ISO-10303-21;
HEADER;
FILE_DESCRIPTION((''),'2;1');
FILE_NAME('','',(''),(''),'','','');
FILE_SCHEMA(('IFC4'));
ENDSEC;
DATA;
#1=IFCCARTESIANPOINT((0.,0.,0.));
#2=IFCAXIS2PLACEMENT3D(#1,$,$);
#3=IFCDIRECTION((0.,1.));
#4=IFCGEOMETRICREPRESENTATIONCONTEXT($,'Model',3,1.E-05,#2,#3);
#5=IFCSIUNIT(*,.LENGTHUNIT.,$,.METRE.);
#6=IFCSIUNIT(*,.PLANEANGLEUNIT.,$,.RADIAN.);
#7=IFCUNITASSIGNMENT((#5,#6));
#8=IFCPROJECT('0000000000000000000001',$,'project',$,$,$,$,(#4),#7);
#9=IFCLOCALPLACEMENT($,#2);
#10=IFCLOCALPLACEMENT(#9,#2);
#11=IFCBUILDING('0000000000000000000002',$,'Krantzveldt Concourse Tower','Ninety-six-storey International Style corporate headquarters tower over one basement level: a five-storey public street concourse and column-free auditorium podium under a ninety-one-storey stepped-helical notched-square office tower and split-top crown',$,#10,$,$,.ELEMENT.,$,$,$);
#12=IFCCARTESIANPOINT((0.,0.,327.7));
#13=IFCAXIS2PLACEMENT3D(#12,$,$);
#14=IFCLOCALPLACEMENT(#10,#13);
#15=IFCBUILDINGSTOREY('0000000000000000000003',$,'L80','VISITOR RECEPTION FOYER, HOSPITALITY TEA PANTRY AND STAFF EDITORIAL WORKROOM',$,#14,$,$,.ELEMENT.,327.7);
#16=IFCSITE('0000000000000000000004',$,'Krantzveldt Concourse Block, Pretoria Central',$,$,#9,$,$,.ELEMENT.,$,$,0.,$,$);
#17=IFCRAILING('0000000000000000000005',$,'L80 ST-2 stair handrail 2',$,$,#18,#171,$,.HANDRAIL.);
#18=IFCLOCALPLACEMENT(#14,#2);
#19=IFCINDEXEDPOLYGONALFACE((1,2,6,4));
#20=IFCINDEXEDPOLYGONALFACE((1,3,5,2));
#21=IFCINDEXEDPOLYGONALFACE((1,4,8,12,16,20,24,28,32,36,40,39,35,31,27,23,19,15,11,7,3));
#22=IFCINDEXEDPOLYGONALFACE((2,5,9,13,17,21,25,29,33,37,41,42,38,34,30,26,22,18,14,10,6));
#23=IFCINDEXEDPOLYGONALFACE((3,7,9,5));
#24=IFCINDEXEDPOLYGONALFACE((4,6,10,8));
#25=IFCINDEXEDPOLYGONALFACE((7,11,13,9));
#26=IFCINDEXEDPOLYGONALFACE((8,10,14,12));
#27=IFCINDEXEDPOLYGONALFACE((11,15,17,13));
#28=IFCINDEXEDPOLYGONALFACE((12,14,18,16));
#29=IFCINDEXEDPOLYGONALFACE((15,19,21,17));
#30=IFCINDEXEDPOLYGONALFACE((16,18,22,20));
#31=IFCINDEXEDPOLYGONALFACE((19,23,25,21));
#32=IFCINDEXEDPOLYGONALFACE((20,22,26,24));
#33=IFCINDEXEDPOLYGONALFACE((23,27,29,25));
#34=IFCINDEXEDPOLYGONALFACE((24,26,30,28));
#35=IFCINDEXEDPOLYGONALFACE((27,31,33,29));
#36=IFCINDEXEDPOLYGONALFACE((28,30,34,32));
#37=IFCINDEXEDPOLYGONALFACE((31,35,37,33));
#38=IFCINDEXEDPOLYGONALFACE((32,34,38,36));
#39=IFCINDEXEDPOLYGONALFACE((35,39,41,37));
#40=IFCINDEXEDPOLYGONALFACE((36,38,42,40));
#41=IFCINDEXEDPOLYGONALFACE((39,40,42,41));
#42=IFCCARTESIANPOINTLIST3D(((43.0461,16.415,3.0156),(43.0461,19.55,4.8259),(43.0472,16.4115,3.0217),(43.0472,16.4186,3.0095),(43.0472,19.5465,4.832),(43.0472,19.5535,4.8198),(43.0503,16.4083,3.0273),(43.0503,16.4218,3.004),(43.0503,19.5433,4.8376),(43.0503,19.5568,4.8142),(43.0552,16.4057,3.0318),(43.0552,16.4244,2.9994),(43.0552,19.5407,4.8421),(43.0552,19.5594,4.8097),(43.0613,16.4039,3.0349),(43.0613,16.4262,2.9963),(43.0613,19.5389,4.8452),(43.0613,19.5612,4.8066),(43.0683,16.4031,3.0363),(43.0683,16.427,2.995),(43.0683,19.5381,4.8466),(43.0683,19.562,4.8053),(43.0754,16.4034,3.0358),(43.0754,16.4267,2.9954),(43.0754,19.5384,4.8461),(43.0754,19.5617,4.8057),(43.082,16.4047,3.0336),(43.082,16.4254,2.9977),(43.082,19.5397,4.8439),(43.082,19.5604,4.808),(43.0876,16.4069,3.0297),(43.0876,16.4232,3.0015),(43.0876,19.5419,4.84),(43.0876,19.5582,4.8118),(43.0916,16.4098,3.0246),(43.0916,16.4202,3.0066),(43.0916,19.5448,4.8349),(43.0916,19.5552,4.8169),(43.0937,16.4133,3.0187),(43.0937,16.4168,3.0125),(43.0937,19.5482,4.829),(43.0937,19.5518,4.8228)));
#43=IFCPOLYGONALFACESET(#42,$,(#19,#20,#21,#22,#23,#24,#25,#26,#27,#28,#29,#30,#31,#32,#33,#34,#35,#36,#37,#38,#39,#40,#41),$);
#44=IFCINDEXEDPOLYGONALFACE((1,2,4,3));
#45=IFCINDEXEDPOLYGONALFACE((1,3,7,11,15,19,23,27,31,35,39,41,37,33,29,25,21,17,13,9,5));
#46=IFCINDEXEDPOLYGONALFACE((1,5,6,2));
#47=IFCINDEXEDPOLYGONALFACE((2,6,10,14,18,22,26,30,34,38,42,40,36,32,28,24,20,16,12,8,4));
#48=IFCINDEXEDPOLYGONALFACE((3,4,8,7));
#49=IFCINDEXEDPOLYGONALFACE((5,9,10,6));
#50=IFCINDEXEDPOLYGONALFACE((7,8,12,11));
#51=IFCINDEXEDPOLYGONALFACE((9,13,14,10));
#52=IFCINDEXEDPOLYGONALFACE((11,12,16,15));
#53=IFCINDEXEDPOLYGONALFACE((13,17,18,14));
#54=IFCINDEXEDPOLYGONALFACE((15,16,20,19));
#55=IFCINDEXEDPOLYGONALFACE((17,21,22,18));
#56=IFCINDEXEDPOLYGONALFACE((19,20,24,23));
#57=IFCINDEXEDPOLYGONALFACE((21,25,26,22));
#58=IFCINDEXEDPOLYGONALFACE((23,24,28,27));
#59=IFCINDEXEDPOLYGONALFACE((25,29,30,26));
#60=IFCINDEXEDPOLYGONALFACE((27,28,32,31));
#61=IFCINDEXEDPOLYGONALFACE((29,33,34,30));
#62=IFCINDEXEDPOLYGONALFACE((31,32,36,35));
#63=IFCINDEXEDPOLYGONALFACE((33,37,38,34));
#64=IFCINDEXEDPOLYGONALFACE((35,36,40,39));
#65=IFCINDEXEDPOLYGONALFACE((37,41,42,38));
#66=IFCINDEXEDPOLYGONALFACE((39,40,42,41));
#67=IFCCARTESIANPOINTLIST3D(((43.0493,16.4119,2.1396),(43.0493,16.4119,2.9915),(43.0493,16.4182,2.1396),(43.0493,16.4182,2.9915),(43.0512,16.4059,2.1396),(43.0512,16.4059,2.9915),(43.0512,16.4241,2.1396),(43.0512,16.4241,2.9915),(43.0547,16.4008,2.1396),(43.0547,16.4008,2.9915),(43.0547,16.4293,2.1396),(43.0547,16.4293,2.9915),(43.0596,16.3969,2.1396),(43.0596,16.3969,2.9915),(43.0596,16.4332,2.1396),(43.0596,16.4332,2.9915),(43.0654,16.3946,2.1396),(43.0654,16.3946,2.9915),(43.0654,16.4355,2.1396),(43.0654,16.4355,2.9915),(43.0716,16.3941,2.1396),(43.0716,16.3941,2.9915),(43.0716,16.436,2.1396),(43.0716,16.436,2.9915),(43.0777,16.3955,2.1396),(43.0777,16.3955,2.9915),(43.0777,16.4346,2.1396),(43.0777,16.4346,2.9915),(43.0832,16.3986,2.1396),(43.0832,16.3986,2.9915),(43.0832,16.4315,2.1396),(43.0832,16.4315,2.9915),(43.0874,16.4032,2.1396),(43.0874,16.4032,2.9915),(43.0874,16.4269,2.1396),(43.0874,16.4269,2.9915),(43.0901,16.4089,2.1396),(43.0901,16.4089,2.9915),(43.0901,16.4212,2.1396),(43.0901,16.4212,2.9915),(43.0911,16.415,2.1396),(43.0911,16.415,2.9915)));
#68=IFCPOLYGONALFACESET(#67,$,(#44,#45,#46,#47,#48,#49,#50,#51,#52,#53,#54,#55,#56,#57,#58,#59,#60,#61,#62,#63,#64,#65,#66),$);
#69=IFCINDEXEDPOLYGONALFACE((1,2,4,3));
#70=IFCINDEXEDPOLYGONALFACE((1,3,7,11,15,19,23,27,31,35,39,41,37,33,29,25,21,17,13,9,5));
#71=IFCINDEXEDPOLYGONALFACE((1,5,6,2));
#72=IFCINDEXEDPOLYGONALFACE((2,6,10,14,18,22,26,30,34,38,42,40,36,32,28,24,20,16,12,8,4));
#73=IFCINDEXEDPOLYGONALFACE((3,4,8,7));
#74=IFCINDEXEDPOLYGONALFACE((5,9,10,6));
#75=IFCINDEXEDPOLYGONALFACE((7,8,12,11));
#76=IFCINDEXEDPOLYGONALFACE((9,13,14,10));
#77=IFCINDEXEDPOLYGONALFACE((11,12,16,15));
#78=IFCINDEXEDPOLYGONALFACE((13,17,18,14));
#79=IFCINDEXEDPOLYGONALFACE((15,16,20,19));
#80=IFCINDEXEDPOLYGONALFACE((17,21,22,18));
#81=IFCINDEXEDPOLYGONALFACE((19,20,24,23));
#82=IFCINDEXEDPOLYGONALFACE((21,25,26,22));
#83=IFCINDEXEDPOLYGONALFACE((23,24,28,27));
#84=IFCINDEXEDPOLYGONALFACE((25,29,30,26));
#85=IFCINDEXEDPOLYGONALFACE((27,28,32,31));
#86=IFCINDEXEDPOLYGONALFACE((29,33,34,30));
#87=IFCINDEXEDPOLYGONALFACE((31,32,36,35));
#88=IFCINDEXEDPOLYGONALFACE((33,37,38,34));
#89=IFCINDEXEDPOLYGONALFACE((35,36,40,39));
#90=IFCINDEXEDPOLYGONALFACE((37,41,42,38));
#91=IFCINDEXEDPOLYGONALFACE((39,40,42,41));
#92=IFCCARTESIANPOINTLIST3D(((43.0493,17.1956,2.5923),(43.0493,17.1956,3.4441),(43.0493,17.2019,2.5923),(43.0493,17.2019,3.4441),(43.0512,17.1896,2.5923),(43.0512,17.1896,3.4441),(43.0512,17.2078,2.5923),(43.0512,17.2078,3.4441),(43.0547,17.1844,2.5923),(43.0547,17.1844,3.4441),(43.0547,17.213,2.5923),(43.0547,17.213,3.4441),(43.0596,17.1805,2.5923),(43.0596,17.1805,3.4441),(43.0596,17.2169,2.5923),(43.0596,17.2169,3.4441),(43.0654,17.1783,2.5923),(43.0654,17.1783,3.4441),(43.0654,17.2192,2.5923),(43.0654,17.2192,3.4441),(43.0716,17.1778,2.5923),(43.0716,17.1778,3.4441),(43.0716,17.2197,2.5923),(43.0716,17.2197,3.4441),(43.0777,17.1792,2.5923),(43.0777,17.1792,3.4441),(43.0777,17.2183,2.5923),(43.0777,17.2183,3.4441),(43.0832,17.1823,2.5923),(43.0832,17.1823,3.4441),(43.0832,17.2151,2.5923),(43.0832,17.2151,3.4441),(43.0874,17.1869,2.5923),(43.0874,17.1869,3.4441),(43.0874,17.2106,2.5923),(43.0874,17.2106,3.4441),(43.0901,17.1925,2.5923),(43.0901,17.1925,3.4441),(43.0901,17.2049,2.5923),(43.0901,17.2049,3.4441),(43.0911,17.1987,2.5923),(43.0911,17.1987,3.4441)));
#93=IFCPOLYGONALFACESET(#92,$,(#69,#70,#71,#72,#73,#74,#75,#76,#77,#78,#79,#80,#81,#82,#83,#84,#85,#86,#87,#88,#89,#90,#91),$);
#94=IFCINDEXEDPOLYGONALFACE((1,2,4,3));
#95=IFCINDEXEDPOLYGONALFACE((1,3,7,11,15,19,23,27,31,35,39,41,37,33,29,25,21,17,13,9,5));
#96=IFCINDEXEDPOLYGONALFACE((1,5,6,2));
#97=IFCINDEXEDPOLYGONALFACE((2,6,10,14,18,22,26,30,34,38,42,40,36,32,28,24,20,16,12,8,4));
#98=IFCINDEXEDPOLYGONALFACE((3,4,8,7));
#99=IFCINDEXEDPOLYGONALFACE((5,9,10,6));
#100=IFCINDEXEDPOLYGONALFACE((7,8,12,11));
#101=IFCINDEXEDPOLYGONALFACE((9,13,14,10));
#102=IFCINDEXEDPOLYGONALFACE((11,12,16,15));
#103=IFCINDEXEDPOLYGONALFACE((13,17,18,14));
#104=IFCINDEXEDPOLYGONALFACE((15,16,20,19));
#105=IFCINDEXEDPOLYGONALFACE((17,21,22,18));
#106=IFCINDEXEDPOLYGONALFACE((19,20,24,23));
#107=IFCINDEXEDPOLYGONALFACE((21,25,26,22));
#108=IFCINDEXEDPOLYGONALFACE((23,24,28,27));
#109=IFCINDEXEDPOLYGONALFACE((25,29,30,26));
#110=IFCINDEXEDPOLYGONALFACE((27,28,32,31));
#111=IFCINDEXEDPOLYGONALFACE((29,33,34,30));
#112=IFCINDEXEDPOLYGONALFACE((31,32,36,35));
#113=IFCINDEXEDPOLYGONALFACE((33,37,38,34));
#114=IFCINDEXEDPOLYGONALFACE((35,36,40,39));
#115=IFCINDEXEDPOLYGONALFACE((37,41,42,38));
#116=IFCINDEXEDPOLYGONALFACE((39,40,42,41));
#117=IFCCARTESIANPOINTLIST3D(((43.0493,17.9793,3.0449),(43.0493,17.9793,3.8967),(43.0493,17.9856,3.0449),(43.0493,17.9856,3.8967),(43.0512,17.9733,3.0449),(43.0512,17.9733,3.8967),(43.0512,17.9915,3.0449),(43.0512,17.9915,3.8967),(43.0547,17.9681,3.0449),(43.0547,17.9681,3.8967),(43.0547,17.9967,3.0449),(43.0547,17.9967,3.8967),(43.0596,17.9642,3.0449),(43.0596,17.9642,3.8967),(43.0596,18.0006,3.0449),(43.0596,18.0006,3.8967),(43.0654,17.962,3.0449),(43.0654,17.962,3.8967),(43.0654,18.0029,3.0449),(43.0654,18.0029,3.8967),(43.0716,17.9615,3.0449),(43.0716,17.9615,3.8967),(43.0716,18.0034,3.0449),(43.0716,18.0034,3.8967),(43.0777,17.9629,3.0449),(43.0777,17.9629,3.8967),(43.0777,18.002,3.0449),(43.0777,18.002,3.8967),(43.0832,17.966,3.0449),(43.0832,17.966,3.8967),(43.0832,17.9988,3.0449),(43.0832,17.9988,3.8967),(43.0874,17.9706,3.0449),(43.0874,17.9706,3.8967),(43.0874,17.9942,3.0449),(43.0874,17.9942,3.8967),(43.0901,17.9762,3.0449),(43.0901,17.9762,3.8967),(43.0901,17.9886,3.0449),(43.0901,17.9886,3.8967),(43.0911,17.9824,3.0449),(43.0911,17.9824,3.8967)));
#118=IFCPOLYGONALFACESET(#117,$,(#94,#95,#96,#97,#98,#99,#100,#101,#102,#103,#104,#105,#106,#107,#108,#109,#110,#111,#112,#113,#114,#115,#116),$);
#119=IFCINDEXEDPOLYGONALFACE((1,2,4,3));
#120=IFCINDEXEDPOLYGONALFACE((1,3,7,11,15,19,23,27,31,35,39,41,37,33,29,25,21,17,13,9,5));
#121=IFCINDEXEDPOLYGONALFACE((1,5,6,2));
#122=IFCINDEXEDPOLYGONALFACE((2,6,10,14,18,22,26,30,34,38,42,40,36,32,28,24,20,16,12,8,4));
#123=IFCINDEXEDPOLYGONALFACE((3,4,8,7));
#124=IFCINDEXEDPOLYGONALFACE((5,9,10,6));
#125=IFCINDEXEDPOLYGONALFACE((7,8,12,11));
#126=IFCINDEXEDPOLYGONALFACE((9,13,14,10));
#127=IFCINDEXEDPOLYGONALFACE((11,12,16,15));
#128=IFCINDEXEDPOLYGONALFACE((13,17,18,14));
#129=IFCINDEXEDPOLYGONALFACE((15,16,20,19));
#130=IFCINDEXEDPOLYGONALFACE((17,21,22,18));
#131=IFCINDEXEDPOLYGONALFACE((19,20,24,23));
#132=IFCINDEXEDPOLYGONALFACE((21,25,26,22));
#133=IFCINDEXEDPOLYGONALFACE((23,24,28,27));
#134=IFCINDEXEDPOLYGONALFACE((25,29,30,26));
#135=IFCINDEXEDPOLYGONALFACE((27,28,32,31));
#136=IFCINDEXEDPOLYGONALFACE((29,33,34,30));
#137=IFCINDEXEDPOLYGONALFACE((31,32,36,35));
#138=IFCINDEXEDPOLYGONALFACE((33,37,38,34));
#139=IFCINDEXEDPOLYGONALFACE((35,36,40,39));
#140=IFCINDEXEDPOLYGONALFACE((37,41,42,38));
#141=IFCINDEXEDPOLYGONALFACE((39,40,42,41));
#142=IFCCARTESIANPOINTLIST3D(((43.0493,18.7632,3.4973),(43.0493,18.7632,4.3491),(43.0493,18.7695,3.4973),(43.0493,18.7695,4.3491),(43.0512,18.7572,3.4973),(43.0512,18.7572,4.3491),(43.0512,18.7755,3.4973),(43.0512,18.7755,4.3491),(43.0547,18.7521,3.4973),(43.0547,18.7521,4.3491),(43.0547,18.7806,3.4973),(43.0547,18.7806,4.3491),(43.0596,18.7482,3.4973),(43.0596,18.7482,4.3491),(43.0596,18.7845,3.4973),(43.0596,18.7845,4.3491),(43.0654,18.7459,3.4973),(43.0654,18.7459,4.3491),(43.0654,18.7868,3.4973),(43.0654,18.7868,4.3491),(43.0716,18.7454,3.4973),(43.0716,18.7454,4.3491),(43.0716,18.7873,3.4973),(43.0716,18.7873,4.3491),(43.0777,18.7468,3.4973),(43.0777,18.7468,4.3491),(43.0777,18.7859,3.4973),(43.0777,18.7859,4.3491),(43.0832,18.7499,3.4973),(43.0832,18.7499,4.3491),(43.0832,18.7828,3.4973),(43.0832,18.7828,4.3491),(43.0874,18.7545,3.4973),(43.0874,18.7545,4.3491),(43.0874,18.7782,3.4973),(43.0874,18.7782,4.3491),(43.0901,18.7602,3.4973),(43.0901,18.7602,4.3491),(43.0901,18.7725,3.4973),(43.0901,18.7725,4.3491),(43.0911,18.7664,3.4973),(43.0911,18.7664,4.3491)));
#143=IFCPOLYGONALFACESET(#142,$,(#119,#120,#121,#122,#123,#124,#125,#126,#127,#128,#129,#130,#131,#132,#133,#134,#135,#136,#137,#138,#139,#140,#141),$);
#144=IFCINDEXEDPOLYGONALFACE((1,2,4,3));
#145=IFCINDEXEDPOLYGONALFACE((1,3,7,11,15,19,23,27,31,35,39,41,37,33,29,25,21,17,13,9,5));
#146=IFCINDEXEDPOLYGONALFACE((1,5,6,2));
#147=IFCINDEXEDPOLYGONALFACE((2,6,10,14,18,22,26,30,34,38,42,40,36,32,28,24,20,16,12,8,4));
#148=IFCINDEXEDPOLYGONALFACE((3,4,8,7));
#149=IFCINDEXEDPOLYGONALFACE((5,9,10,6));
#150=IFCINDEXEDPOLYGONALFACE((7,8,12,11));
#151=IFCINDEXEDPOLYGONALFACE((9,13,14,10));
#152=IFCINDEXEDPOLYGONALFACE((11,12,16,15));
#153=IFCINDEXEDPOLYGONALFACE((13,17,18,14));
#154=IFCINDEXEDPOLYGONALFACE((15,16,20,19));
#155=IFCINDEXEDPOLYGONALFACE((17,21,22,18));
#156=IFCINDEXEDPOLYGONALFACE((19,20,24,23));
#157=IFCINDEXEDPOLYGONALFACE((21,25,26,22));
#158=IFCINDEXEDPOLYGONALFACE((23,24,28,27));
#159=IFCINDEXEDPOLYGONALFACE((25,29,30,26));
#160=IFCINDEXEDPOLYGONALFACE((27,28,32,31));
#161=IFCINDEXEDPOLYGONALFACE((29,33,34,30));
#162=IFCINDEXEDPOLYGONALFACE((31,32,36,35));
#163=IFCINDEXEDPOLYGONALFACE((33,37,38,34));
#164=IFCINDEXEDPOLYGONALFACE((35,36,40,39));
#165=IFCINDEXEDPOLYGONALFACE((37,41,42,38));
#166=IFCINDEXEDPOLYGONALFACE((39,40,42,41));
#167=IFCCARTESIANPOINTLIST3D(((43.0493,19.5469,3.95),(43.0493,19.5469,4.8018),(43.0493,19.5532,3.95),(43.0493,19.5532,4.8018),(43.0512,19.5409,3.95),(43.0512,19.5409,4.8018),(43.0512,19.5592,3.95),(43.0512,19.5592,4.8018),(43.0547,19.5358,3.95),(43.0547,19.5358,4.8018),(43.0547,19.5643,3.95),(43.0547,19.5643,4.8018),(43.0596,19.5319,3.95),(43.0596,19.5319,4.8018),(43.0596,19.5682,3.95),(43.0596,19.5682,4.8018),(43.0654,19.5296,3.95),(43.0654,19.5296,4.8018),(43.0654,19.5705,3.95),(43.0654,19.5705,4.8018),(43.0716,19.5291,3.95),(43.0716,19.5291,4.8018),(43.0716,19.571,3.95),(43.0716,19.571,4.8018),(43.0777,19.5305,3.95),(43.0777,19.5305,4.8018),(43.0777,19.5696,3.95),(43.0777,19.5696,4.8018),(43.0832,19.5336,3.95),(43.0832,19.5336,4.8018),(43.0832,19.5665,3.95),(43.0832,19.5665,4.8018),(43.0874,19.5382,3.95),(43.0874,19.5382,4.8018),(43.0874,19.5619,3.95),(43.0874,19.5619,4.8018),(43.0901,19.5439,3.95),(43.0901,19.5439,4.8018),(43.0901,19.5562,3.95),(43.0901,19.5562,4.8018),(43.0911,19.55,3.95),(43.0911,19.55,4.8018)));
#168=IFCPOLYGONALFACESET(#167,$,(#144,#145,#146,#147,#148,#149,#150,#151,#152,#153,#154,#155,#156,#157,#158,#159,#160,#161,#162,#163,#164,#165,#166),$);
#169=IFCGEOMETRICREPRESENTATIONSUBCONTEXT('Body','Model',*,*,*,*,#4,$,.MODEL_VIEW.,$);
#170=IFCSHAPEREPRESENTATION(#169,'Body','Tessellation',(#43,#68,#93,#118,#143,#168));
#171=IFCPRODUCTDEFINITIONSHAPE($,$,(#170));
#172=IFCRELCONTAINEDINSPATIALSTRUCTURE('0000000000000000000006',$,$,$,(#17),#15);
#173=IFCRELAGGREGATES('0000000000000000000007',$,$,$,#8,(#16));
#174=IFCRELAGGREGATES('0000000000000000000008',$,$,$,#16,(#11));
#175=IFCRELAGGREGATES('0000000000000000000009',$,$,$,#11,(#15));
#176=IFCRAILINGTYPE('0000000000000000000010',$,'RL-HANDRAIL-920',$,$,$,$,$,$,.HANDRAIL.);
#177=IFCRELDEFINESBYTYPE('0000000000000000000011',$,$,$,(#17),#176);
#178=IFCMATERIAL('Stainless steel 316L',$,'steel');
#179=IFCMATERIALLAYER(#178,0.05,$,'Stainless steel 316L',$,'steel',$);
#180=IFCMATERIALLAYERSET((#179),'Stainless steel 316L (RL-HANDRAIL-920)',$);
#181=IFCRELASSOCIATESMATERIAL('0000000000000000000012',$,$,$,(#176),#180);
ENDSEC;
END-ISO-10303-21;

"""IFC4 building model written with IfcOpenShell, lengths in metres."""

from ifc_helpers import new_model, si_unit, direction, frame, origin, origin_2d, place, context, subcontext, project, spatial, circle, extrude, material, layer, layer_set, type_object, element, save


model = new_model("IFC4")

# Units and contexts
model_context = context("Model", 3, precision=1e-05, world=origin(), true_north=direction((0.0, 1.0)))
body_context = subcontext(model_context, "Body", "Model", "MODEL_VIEW")
ifc_project = project(units=[si_unit("LENGTHUNIT", "METRE"), si_unit("PLANEANGLEUNIT", "RADIAN")], contexts=[model_context])

# Site, building, storey
site_placement = place(None, origin())
site = spatial("IfcSite", under=ifc_project, at=site_placement, Name="Krantzveldt Concourse Block, Pretoria Central", CompositionType="ELEMENT", RefElevation=0.0)
building_placement = place(site_placement, origin())
building = spatial("IfcBuilding", under=site, at=building_placement, Name="Krantzveldt Concourse Tower", Description="Ninety-six-storey International Style corporate headquarters tower over one basement level: a five-storey public street concourse and column-free auditorium podium under a ninety-one-storey stepped-helical notched-square office tower and split-top crown", CompositionType="ELEMENT")
storey_placement = place(building_placement, frame((0.0, 0.0, 327.7)))
storey = spatial("IfcBuildingStorey", under=building, at=storey_placement, Name="L80", Description="VISITOR RECEPTION FOYER, HOSPITALITY TEA PANTRY AND STAFF EDITORIAL WORKROOM", CompositionType="ELEMENT", Elevation=327.7)

# Railing
ifc_material_1 = material(Name="Stainless steel 316L", Category="steel")
ifc_layer_1 = layer(ifc_material_1, 0.05, Name="Stainless steel 316L", Category="steel")
ifc_layer_set_1 = layer_set([ifc_layer_1], Name="Stainless steel 316L (RL-HANDRAIL-920)")
railing_type = type_object("IfcRailingType", Name="RL-HANDRAIL-920", PredefinedType="HANDRAIL", material=ifc_layer_set_1)
railing_placement = place(storey_placement, frame((43.0701, 16.415, 2.1396)))
element("IfcRailing", 1, at=railing_placement, inside=storey, type_object=railing_type, Name="L80 ST-2 stair handrail 2", PredefinedType="HANDRAIL", context=body_context, shape_type="SweptSolid", body=[
    extrude(circle(Radius=0.0239, at=origin_2d()), frame((0.0, 0.0, 0.876), z_axis=(0.0, 0.865989, 0.500063), x_axis=(-1.0, 0.0, 0.0)), (0.0, 0.0, 1.0), 3.6201),
    extrude(circle(Radius=0.021, at=origin_2d()), origin(), (0.0, 0.0, 1.0), 0.8518),
    extrude(circle(Radius=0.021, at=origin_2d()), frame((0.0, 0.7837, 0.4526)), (0.0, 0.0, 1.0), 0.8518),
    extrude(circle(Radius=0.021, at=origin_2d()), frame((0.0, 1.5674, 0.9053)), (0.0, 0.0, 1.0), 0.8518),
    extrude(circle(Radius=0.021, at=origin_2d()), frame((0.0, 2.3513, 1.3577)), (0.0, 0.0, 1.0), 0.8518),
    extrude(circle(Radius=0.021, at=origin_2d()), frame((0.0, 3.135, 1.8103)), (0.0, 0.0, 1.0), 0.8518),
])

save(model, "model.ifc")
